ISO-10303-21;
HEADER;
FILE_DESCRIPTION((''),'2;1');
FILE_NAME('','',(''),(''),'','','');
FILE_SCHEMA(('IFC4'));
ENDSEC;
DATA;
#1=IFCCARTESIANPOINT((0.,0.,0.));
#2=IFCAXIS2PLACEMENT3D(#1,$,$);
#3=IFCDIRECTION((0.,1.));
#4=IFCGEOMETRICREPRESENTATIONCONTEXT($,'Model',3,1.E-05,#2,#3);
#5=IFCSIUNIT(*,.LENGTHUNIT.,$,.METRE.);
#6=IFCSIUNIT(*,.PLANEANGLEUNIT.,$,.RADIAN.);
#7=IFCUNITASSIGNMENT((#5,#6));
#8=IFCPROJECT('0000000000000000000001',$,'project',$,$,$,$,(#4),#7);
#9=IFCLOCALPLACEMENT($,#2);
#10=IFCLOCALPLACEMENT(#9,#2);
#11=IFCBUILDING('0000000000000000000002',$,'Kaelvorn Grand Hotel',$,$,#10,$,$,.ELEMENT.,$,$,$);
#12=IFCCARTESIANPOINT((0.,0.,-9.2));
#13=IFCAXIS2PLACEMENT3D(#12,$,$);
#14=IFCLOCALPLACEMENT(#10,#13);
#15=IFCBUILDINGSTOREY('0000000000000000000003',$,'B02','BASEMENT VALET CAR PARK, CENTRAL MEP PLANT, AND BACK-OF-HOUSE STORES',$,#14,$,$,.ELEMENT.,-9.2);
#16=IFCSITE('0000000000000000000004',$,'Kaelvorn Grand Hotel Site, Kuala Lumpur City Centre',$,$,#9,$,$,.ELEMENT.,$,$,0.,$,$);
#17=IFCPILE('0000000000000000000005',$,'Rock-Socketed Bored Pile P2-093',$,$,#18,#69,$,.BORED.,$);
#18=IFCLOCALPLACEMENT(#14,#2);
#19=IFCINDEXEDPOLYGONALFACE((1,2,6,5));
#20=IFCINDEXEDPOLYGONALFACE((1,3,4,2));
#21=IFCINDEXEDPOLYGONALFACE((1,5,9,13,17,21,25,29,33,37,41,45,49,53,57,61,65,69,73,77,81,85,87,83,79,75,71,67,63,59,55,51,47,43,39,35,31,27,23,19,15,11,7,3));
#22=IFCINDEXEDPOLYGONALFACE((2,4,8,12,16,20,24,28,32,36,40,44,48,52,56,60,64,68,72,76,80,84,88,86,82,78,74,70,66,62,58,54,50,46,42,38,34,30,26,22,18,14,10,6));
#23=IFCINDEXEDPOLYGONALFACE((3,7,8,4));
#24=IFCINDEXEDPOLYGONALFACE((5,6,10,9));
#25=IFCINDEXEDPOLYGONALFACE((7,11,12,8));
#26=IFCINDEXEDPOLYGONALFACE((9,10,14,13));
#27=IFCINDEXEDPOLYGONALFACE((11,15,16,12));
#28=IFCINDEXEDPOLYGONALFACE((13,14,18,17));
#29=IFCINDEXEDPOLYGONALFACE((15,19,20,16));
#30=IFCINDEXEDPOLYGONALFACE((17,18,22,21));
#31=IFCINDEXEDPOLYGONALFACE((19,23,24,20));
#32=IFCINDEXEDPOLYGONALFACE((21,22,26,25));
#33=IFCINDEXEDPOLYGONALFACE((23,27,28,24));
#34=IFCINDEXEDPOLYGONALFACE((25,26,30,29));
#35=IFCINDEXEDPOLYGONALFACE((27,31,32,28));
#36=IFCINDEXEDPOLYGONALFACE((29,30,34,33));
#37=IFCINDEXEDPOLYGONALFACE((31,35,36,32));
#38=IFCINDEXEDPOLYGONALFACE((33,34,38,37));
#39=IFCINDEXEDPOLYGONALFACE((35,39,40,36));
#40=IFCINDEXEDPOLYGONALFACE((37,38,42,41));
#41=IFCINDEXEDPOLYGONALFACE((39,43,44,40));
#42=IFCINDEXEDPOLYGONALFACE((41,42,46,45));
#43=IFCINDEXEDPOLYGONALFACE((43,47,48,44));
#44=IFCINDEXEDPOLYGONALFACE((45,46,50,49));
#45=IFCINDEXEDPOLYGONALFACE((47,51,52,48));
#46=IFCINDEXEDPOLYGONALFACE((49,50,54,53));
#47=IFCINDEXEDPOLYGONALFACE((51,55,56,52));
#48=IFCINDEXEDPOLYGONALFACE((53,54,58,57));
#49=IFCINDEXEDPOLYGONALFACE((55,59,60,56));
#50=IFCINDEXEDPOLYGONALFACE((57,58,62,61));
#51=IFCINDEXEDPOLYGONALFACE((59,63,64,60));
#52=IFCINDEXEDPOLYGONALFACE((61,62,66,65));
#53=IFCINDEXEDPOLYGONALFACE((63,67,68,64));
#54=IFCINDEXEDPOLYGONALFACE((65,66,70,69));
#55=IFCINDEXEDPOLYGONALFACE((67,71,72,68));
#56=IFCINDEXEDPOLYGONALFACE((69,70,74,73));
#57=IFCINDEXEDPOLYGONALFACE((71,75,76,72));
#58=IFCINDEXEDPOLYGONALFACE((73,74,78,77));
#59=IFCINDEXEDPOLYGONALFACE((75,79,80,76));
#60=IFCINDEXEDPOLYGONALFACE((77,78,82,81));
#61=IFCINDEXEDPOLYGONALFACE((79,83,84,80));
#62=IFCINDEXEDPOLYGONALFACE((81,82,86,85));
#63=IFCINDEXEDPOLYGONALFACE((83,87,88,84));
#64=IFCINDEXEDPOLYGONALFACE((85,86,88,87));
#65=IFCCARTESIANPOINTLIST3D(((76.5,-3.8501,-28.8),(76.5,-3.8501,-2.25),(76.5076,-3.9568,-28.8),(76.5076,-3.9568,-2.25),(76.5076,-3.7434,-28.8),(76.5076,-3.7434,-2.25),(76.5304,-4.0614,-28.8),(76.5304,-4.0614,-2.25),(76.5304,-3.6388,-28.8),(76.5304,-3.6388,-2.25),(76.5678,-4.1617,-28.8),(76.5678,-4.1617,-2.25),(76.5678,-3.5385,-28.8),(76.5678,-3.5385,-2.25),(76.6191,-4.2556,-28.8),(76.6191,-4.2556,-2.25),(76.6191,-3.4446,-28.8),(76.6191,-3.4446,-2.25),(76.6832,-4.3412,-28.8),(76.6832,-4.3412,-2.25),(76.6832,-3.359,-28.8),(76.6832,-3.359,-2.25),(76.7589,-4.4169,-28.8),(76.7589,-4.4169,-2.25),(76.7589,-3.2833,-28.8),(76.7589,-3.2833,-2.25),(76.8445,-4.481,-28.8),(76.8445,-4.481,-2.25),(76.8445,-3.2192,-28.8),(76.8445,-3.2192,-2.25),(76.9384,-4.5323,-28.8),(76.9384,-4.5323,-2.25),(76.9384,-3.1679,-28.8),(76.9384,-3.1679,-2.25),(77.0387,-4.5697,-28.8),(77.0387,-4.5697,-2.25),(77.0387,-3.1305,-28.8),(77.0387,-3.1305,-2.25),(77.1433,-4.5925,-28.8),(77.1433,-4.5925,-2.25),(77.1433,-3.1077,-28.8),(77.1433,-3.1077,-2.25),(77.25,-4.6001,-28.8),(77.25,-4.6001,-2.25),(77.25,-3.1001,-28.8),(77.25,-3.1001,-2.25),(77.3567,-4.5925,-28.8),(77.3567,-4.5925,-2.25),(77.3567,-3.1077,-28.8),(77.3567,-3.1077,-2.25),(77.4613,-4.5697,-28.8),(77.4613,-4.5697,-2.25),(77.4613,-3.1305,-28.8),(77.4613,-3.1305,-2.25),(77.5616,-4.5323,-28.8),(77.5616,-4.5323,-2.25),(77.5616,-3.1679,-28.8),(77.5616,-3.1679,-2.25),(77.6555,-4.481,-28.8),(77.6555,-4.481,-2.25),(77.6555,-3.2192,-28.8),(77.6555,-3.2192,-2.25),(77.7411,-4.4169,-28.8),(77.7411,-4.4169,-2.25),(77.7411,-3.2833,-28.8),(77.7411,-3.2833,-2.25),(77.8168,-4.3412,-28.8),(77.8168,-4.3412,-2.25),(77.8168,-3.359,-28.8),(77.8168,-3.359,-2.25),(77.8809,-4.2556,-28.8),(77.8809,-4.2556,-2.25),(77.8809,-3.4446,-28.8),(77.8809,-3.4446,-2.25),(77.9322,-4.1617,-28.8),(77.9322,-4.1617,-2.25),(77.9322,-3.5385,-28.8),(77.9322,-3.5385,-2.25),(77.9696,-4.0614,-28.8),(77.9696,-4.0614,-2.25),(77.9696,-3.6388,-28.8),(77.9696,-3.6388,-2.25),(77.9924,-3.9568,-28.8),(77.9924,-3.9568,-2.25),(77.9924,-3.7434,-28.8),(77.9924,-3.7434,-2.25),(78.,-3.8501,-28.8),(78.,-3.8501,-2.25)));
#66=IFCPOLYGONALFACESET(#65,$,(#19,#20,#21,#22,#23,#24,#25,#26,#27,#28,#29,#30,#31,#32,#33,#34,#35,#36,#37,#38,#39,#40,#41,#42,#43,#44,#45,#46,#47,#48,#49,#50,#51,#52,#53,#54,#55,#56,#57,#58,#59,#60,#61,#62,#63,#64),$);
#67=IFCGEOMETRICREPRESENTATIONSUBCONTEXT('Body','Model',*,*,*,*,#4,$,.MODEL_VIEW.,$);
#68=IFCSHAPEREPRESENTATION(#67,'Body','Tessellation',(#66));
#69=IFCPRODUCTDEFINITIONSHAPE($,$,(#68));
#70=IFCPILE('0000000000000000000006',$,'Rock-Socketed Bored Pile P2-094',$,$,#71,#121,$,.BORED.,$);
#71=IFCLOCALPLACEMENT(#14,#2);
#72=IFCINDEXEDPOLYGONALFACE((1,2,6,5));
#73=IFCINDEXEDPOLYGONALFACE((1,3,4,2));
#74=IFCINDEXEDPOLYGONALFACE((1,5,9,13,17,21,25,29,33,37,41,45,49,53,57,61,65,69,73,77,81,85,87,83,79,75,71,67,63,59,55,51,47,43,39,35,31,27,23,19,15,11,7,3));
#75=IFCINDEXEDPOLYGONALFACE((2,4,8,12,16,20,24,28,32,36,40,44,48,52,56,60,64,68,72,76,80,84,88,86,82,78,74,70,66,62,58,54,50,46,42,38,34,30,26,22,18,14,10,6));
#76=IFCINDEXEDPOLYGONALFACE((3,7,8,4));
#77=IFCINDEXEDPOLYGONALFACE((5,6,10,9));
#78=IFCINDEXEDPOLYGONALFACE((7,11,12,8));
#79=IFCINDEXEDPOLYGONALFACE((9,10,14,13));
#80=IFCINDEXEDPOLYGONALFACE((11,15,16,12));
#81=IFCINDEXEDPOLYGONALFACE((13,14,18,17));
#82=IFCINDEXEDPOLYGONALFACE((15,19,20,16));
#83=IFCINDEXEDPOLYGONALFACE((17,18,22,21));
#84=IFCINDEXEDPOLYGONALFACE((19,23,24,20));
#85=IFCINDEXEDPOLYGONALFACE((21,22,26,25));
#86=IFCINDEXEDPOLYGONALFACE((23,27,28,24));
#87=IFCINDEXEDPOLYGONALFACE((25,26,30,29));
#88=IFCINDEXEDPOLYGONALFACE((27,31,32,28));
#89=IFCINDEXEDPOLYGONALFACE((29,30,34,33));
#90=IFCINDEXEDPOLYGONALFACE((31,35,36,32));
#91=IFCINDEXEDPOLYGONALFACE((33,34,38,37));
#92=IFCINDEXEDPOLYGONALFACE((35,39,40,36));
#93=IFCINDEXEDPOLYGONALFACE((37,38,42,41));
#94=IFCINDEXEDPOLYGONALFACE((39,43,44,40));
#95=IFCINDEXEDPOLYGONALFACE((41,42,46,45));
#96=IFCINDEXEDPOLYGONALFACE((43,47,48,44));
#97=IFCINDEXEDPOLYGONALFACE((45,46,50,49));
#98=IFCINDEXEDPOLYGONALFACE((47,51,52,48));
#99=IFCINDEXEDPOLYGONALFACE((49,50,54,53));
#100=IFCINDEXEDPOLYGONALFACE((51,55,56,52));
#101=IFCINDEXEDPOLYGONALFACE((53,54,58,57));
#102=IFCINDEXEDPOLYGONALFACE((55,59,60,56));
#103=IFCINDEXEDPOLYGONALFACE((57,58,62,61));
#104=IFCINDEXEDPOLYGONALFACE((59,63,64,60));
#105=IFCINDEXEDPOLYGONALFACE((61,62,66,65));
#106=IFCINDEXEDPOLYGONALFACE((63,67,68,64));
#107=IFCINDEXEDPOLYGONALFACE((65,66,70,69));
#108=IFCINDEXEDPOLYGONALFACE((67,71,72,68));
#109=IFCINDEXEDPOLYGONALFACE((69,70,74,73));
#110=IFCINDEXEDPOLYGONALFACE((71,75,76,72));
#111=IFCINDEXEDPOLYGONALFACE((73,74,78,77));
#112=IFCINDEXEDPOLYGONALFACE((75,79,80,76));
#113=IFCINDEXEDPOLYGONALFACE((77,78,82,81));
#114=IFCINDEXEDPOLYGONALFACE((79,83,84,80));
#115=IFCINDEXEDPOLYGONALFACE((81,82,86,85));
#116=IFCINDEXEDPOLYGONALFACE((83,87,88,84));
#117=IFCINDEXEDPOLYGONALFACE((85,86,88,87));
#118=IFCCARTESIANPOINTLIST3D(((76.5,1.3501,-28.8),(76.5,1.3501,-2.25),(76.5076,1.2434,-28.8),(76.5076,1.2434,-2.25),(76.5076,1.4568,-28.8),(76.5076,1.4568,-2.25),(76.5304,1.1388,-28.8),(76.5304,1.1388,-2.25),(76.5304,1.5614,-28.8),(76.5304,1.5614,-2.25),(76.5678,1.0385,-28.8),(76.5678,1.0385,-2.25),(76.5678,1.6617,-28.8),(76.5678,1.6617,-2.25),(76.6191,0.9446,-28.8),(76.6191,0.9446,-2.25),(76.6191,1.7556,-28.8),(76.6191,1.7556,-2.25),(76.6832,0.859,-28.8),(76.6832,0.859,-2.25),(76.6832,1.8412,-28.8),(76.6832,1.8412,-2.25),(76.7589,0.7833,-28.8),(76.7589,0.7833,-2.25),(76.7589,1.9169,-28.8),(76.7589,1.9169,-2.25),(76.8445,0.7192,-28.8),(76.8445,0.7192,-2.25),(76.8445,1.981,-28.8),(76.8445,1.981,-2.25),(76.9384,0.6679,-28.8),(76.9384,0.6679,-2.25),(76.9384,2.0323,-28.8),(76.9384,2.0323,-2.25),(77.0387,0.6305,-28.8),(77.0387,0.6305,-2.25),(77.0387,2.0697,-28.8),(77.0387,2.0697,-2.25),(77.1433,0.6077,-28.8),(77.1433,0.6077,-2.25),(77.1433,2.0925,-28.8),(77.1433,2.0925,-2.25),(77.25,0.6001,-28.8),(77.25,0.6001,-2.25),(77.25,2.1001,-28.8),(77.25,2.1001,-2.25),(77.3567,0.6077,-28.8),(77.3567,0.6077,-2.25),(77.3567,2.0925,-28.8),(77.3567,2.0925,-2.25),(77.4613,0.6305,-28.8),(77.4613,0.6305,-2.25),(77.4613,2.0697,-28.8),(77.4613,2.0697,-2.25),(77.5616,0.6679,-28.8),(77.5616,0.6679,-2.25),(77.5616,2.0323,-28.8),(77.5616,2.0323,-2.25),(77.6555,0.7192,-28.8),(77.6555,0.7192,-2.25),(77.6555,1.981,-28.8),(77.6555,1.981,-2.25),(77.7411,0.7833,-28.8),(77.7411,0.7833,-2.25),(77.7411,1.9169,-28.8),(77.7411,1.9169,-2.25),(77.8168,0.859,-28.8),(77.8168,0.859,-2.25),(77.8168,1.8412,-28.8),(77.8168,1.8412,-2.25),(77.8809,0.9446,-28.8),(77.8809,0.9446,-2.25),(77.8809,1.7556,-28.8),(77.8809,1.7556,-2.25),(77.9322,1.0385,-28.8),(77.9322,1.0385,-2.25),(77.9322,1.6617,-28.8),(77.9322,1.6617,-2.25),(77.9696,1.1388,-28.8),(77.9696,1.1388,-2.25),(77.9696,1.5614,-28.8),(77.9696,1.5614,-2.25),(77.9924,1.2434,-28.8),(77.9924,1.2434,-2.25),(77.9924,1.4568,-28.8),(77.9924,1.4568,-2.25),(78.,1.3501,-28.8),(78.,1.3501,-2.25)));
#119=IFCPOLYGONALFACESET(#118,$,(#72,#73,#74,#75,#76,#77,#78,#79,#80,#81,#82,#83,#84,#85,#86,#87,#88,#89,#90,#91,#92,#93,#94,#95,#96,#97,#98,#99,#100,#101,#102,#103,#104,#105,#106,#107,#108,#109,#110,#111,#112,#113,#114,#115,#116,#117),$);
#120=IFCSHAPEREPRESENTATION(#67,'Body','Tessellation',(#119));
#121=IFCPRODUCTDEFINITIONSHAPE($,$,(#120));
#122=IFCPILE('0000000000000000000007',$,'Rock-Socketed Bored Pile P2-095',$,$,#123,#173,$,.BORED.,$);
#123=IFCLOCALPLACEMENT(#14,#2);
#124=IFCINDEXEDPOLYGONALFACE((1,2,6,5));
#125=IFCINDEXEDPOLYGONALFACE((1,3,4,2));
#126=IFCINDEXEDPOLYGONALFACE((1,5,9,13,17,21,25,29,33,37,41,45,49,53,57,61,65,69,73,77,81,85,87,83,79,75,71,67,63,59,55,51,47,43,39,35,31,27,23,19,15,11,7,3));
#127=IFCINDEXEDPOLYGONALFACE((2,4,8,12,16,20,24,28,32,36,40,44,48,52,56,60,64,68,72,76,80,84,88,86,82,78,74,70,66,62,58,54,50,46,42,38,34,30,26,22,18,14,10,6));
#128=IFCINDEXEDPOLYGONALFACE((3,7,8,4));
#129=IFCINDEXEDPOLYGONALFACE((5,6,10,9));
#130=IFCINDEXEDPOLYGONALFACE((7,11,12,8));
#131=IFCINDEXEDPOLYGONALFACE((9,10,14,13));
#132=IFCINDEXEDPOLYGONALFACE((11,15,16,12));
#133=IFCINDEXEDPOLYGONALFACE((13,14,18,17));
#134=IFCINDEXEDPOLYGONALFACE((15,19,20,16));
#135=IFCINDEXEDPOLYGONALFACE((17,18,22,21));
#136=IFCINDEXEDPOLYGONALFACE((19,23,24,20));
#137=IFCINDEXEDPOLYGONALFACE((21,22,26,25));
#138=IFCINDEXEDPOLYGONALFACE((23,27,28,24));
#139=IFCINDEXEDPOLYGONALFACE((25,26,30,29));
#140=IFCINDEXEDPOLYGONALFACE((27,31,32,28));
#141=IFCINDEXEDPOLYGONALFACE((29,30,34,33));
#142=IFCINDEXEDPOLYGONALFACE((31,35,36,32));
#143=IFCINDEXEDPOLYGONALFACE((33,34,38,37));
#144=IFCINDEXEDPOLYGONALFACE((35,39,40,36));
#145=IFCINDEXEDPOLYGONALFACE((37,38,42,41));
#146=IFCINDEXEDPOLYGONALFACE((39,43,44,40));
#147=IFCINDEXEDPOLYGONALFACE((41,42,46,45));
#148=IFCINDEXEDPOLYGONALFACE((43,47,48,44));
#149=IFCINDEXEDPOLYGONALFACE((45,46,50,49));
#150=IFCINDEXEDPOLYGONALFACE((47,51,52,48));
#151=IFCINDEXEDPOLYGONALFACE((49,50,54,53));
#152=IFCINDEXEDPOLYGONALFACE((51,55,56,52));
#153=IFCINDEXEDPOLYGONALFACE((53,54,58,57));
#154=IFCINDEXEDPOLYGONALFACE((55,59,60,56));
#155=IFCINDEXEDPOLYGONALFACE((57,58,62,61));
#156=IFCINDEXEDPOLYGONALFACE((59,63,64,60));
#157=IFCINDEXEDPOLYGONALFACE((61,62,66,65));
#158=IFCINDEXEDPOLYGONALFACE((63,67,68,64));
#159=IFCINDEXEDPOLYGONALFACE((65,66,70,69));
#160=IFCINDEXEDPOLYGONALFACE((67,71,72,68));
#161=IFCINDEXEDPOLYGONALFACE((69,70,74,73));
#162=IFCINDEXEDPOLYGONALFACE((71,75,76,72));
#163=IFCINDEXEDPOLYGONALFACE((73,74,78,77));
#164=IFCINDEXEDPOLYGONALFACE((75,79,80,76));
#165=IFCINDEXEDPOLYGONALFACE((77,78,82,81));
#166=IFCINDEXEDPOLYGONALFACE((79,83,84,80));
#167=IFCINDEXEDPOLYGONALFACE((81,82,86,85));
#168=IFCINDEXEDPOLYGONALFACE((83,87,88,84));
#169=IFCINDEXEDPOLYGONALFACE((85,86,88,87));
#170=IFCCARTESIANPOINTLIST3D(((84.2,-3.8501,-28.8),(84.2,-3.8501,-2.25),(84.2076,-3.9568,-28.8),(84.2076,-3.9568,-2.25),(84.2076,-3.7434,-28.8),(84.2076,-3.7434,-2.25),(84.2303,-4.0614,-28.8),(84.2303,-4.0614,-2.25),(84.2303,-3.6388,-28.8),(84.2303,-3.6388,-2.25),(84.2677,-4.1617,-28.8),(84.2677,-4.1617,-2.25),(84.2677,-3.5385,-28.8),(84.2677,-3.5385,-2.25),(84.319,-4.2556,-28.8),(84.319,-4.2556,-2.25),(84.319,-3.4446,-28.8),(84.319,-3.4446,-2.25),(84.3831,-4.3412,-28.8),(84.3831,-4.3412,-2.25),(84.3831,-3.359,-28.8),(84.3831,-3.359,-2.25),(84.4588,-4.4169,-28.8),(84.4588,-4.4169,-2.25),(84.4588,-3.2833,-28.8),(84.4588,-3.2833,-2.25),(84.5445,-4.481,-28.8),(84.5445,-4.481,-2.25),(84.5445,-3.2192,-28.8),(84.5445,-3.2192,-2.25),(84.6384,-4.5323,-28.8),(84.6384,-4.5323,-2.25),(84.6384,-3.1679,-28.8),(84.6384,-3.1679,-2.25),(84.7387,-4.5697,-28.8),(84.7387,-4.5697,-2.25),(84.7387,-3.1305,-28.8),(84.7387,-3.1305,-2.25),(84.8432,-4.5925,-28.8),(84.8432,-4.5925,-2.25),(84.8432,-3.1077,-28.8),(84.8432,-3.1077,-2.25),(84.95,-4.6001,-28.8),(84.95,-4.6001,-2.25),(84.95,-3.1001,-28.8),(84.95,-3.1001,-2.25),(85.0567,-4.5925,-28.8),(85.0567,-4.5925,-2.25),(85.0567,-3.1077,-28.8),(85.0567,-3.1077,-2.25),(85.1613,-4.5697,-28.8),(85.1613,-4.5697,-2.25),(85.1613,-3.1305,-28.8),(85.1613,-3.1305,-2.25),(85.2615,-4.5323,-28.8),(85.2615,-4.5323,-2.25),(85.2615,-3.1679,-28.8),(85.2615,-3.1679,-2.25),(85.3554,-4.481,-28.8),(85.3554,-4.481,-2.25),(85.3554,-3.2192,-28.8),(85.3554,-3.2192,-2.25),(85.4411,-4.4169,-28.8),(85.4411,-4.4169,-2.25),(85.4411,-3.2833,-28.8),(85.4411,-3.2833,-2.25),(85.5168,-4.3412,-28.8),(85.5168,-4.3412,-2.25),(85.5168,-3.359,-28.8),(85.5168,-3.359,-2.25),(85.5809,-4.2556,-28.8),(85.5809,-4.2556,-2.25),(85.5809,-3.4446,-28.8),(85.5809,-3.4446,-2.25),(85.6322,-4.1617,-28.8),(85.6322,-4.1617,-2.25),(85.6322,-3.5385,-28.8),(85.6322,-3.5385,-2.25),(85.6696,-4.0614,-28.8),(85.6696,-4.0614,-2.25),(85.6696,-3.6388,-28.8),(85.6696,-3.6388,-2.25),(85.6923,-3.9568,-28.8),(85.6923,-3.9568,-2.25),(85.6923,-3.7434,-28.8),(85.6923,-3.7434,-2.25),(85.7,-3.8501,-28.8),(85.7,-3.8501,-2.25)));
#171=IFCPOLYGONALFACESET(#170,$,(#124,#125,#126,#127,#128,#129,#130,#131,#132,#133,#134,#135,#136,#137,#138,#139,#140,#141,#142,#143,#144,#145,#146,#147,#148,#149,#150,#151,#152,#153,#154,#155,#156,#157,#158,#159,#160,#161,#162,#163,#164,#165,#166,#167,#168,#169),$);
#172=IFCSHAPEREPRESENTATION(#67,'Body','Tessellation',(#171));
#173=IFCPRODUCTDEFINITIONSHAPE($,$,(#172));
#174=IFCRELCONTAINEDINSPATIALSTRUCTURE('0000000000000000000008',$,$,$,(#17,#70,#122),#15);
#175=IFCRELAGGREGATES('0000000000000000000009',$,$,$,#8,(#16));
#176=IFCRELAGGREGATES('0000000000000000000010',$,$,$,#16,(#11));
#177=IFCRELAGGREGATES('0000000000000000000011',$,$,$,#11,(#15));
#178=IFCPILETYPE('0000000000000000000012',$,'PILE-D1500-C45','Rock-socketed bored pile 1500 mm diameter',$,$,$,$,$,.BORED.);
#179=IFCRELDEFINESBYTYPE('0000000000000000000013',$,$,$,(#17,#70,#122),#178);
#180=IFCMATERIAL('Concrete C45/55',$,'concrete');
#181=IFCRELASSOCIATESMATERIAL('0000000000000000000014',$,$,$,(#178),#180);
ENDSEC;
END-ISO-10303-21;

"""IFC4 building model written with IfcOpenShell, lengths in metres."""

from ifc_helpers import new_model, si_unit, direction, frame, origin, origin_2d, place, context, subcontext, project, spatial, circle, extrude, material, material_profile, profile_set, type_object, element, save


model = new_model("IFC4")

# Units and contexts
model_context = context("Model", 3, precision=1e-05, world=origin(), true_north=direction((0.0, 1.0)))
body_context = subcontext(model_context, "Body", "Model", "MODEL_VIEW")
ifc_project = project(units=[si_unit("LENGTHUNIT", "METRE"), si_unit("PLANEANGLEUNIT", "RADIAN")], contexts=[model_context])

# Site, building, storey
site_placement = place(None, origin())
site = spatial("IfcSite", under=ifc_project, at=site_placement, Name="Kaelvorn Grand Hotel Site, Kuala Lumpur City Centre", CompositionType="ELEMENT", RefElevation=0.0)
building_placement = place(site_placement, origin())
building = spatial("IfcBuilding", under=site, at=building_placement, Name="Kaelvorn Grand Hotel", CompositionType="ELEMENT")
storey_placement = place(building_placement, frame((0.0, 0.0, -9.2)))
storey = spatial("IfcBuildingStorey", under=building, at=storey_placement, Name="B02", Description="BASEMENT VALET CAR PARK, CENTRAL MEP PLANT, AND BACK-OF-HOUSE STORES", CompositionType="ELEMENT", Elevation=-9.2)

# Piles
ifc_material_1 = material(Name="Concrete C45/55", Category="concrete")
ifc_material_profile_1 = material_profile(ifc_material_1, circle(Radius=0.75, at=origin_2d()), Name="BORED PILE D1500")
ifc_profile_set_1 = profile_set([ifc_material_profile_1], Name="Concrete C45/55")
pile_type = type_object("IfcPileType", Name="PILE-D1500-C45", Description="Rock-socketed bored pile 1500 mm diameter", PredefinedType="BORED", material=ifc_profile_set_1)
for number, where, z_axis, x_axis, name in (
    (1, (77.25, -3.8501, -2.25), (0.0, 0.0, -1.0), (1.0, 0.0, 0.0), "Rock-Socketed Bored Pile P2-093"),
    (2, (77.25, 1.3501, -2.25), (0.0, 0.0, -1.0), (1.0, 0.0, 0.0), "Rock-Socketed Bored Pile P2-094"),
    (3, (84.95, -3.8501, -2.25), (0.0, 0.0, -1.0), (1.0, 0.0, 0.0), "Rock-Socketed Bored Pile P2-095"),
):
    element("IfcPile", number, at=place(storey_placement, frame(where, z_axis=z_axis, x_axis=x_axis)), inside=storey, type_object=pile_type, Name=name, PredefinedType="BORED", context=body_context, shape_type="SweptSolid", body=[
        extrude(circle(Radius=0.75, at=origin_2d()), origin(), (0.0, 0.0, 1.0), 26.55),
    ])

save(model, "model.ifc")
